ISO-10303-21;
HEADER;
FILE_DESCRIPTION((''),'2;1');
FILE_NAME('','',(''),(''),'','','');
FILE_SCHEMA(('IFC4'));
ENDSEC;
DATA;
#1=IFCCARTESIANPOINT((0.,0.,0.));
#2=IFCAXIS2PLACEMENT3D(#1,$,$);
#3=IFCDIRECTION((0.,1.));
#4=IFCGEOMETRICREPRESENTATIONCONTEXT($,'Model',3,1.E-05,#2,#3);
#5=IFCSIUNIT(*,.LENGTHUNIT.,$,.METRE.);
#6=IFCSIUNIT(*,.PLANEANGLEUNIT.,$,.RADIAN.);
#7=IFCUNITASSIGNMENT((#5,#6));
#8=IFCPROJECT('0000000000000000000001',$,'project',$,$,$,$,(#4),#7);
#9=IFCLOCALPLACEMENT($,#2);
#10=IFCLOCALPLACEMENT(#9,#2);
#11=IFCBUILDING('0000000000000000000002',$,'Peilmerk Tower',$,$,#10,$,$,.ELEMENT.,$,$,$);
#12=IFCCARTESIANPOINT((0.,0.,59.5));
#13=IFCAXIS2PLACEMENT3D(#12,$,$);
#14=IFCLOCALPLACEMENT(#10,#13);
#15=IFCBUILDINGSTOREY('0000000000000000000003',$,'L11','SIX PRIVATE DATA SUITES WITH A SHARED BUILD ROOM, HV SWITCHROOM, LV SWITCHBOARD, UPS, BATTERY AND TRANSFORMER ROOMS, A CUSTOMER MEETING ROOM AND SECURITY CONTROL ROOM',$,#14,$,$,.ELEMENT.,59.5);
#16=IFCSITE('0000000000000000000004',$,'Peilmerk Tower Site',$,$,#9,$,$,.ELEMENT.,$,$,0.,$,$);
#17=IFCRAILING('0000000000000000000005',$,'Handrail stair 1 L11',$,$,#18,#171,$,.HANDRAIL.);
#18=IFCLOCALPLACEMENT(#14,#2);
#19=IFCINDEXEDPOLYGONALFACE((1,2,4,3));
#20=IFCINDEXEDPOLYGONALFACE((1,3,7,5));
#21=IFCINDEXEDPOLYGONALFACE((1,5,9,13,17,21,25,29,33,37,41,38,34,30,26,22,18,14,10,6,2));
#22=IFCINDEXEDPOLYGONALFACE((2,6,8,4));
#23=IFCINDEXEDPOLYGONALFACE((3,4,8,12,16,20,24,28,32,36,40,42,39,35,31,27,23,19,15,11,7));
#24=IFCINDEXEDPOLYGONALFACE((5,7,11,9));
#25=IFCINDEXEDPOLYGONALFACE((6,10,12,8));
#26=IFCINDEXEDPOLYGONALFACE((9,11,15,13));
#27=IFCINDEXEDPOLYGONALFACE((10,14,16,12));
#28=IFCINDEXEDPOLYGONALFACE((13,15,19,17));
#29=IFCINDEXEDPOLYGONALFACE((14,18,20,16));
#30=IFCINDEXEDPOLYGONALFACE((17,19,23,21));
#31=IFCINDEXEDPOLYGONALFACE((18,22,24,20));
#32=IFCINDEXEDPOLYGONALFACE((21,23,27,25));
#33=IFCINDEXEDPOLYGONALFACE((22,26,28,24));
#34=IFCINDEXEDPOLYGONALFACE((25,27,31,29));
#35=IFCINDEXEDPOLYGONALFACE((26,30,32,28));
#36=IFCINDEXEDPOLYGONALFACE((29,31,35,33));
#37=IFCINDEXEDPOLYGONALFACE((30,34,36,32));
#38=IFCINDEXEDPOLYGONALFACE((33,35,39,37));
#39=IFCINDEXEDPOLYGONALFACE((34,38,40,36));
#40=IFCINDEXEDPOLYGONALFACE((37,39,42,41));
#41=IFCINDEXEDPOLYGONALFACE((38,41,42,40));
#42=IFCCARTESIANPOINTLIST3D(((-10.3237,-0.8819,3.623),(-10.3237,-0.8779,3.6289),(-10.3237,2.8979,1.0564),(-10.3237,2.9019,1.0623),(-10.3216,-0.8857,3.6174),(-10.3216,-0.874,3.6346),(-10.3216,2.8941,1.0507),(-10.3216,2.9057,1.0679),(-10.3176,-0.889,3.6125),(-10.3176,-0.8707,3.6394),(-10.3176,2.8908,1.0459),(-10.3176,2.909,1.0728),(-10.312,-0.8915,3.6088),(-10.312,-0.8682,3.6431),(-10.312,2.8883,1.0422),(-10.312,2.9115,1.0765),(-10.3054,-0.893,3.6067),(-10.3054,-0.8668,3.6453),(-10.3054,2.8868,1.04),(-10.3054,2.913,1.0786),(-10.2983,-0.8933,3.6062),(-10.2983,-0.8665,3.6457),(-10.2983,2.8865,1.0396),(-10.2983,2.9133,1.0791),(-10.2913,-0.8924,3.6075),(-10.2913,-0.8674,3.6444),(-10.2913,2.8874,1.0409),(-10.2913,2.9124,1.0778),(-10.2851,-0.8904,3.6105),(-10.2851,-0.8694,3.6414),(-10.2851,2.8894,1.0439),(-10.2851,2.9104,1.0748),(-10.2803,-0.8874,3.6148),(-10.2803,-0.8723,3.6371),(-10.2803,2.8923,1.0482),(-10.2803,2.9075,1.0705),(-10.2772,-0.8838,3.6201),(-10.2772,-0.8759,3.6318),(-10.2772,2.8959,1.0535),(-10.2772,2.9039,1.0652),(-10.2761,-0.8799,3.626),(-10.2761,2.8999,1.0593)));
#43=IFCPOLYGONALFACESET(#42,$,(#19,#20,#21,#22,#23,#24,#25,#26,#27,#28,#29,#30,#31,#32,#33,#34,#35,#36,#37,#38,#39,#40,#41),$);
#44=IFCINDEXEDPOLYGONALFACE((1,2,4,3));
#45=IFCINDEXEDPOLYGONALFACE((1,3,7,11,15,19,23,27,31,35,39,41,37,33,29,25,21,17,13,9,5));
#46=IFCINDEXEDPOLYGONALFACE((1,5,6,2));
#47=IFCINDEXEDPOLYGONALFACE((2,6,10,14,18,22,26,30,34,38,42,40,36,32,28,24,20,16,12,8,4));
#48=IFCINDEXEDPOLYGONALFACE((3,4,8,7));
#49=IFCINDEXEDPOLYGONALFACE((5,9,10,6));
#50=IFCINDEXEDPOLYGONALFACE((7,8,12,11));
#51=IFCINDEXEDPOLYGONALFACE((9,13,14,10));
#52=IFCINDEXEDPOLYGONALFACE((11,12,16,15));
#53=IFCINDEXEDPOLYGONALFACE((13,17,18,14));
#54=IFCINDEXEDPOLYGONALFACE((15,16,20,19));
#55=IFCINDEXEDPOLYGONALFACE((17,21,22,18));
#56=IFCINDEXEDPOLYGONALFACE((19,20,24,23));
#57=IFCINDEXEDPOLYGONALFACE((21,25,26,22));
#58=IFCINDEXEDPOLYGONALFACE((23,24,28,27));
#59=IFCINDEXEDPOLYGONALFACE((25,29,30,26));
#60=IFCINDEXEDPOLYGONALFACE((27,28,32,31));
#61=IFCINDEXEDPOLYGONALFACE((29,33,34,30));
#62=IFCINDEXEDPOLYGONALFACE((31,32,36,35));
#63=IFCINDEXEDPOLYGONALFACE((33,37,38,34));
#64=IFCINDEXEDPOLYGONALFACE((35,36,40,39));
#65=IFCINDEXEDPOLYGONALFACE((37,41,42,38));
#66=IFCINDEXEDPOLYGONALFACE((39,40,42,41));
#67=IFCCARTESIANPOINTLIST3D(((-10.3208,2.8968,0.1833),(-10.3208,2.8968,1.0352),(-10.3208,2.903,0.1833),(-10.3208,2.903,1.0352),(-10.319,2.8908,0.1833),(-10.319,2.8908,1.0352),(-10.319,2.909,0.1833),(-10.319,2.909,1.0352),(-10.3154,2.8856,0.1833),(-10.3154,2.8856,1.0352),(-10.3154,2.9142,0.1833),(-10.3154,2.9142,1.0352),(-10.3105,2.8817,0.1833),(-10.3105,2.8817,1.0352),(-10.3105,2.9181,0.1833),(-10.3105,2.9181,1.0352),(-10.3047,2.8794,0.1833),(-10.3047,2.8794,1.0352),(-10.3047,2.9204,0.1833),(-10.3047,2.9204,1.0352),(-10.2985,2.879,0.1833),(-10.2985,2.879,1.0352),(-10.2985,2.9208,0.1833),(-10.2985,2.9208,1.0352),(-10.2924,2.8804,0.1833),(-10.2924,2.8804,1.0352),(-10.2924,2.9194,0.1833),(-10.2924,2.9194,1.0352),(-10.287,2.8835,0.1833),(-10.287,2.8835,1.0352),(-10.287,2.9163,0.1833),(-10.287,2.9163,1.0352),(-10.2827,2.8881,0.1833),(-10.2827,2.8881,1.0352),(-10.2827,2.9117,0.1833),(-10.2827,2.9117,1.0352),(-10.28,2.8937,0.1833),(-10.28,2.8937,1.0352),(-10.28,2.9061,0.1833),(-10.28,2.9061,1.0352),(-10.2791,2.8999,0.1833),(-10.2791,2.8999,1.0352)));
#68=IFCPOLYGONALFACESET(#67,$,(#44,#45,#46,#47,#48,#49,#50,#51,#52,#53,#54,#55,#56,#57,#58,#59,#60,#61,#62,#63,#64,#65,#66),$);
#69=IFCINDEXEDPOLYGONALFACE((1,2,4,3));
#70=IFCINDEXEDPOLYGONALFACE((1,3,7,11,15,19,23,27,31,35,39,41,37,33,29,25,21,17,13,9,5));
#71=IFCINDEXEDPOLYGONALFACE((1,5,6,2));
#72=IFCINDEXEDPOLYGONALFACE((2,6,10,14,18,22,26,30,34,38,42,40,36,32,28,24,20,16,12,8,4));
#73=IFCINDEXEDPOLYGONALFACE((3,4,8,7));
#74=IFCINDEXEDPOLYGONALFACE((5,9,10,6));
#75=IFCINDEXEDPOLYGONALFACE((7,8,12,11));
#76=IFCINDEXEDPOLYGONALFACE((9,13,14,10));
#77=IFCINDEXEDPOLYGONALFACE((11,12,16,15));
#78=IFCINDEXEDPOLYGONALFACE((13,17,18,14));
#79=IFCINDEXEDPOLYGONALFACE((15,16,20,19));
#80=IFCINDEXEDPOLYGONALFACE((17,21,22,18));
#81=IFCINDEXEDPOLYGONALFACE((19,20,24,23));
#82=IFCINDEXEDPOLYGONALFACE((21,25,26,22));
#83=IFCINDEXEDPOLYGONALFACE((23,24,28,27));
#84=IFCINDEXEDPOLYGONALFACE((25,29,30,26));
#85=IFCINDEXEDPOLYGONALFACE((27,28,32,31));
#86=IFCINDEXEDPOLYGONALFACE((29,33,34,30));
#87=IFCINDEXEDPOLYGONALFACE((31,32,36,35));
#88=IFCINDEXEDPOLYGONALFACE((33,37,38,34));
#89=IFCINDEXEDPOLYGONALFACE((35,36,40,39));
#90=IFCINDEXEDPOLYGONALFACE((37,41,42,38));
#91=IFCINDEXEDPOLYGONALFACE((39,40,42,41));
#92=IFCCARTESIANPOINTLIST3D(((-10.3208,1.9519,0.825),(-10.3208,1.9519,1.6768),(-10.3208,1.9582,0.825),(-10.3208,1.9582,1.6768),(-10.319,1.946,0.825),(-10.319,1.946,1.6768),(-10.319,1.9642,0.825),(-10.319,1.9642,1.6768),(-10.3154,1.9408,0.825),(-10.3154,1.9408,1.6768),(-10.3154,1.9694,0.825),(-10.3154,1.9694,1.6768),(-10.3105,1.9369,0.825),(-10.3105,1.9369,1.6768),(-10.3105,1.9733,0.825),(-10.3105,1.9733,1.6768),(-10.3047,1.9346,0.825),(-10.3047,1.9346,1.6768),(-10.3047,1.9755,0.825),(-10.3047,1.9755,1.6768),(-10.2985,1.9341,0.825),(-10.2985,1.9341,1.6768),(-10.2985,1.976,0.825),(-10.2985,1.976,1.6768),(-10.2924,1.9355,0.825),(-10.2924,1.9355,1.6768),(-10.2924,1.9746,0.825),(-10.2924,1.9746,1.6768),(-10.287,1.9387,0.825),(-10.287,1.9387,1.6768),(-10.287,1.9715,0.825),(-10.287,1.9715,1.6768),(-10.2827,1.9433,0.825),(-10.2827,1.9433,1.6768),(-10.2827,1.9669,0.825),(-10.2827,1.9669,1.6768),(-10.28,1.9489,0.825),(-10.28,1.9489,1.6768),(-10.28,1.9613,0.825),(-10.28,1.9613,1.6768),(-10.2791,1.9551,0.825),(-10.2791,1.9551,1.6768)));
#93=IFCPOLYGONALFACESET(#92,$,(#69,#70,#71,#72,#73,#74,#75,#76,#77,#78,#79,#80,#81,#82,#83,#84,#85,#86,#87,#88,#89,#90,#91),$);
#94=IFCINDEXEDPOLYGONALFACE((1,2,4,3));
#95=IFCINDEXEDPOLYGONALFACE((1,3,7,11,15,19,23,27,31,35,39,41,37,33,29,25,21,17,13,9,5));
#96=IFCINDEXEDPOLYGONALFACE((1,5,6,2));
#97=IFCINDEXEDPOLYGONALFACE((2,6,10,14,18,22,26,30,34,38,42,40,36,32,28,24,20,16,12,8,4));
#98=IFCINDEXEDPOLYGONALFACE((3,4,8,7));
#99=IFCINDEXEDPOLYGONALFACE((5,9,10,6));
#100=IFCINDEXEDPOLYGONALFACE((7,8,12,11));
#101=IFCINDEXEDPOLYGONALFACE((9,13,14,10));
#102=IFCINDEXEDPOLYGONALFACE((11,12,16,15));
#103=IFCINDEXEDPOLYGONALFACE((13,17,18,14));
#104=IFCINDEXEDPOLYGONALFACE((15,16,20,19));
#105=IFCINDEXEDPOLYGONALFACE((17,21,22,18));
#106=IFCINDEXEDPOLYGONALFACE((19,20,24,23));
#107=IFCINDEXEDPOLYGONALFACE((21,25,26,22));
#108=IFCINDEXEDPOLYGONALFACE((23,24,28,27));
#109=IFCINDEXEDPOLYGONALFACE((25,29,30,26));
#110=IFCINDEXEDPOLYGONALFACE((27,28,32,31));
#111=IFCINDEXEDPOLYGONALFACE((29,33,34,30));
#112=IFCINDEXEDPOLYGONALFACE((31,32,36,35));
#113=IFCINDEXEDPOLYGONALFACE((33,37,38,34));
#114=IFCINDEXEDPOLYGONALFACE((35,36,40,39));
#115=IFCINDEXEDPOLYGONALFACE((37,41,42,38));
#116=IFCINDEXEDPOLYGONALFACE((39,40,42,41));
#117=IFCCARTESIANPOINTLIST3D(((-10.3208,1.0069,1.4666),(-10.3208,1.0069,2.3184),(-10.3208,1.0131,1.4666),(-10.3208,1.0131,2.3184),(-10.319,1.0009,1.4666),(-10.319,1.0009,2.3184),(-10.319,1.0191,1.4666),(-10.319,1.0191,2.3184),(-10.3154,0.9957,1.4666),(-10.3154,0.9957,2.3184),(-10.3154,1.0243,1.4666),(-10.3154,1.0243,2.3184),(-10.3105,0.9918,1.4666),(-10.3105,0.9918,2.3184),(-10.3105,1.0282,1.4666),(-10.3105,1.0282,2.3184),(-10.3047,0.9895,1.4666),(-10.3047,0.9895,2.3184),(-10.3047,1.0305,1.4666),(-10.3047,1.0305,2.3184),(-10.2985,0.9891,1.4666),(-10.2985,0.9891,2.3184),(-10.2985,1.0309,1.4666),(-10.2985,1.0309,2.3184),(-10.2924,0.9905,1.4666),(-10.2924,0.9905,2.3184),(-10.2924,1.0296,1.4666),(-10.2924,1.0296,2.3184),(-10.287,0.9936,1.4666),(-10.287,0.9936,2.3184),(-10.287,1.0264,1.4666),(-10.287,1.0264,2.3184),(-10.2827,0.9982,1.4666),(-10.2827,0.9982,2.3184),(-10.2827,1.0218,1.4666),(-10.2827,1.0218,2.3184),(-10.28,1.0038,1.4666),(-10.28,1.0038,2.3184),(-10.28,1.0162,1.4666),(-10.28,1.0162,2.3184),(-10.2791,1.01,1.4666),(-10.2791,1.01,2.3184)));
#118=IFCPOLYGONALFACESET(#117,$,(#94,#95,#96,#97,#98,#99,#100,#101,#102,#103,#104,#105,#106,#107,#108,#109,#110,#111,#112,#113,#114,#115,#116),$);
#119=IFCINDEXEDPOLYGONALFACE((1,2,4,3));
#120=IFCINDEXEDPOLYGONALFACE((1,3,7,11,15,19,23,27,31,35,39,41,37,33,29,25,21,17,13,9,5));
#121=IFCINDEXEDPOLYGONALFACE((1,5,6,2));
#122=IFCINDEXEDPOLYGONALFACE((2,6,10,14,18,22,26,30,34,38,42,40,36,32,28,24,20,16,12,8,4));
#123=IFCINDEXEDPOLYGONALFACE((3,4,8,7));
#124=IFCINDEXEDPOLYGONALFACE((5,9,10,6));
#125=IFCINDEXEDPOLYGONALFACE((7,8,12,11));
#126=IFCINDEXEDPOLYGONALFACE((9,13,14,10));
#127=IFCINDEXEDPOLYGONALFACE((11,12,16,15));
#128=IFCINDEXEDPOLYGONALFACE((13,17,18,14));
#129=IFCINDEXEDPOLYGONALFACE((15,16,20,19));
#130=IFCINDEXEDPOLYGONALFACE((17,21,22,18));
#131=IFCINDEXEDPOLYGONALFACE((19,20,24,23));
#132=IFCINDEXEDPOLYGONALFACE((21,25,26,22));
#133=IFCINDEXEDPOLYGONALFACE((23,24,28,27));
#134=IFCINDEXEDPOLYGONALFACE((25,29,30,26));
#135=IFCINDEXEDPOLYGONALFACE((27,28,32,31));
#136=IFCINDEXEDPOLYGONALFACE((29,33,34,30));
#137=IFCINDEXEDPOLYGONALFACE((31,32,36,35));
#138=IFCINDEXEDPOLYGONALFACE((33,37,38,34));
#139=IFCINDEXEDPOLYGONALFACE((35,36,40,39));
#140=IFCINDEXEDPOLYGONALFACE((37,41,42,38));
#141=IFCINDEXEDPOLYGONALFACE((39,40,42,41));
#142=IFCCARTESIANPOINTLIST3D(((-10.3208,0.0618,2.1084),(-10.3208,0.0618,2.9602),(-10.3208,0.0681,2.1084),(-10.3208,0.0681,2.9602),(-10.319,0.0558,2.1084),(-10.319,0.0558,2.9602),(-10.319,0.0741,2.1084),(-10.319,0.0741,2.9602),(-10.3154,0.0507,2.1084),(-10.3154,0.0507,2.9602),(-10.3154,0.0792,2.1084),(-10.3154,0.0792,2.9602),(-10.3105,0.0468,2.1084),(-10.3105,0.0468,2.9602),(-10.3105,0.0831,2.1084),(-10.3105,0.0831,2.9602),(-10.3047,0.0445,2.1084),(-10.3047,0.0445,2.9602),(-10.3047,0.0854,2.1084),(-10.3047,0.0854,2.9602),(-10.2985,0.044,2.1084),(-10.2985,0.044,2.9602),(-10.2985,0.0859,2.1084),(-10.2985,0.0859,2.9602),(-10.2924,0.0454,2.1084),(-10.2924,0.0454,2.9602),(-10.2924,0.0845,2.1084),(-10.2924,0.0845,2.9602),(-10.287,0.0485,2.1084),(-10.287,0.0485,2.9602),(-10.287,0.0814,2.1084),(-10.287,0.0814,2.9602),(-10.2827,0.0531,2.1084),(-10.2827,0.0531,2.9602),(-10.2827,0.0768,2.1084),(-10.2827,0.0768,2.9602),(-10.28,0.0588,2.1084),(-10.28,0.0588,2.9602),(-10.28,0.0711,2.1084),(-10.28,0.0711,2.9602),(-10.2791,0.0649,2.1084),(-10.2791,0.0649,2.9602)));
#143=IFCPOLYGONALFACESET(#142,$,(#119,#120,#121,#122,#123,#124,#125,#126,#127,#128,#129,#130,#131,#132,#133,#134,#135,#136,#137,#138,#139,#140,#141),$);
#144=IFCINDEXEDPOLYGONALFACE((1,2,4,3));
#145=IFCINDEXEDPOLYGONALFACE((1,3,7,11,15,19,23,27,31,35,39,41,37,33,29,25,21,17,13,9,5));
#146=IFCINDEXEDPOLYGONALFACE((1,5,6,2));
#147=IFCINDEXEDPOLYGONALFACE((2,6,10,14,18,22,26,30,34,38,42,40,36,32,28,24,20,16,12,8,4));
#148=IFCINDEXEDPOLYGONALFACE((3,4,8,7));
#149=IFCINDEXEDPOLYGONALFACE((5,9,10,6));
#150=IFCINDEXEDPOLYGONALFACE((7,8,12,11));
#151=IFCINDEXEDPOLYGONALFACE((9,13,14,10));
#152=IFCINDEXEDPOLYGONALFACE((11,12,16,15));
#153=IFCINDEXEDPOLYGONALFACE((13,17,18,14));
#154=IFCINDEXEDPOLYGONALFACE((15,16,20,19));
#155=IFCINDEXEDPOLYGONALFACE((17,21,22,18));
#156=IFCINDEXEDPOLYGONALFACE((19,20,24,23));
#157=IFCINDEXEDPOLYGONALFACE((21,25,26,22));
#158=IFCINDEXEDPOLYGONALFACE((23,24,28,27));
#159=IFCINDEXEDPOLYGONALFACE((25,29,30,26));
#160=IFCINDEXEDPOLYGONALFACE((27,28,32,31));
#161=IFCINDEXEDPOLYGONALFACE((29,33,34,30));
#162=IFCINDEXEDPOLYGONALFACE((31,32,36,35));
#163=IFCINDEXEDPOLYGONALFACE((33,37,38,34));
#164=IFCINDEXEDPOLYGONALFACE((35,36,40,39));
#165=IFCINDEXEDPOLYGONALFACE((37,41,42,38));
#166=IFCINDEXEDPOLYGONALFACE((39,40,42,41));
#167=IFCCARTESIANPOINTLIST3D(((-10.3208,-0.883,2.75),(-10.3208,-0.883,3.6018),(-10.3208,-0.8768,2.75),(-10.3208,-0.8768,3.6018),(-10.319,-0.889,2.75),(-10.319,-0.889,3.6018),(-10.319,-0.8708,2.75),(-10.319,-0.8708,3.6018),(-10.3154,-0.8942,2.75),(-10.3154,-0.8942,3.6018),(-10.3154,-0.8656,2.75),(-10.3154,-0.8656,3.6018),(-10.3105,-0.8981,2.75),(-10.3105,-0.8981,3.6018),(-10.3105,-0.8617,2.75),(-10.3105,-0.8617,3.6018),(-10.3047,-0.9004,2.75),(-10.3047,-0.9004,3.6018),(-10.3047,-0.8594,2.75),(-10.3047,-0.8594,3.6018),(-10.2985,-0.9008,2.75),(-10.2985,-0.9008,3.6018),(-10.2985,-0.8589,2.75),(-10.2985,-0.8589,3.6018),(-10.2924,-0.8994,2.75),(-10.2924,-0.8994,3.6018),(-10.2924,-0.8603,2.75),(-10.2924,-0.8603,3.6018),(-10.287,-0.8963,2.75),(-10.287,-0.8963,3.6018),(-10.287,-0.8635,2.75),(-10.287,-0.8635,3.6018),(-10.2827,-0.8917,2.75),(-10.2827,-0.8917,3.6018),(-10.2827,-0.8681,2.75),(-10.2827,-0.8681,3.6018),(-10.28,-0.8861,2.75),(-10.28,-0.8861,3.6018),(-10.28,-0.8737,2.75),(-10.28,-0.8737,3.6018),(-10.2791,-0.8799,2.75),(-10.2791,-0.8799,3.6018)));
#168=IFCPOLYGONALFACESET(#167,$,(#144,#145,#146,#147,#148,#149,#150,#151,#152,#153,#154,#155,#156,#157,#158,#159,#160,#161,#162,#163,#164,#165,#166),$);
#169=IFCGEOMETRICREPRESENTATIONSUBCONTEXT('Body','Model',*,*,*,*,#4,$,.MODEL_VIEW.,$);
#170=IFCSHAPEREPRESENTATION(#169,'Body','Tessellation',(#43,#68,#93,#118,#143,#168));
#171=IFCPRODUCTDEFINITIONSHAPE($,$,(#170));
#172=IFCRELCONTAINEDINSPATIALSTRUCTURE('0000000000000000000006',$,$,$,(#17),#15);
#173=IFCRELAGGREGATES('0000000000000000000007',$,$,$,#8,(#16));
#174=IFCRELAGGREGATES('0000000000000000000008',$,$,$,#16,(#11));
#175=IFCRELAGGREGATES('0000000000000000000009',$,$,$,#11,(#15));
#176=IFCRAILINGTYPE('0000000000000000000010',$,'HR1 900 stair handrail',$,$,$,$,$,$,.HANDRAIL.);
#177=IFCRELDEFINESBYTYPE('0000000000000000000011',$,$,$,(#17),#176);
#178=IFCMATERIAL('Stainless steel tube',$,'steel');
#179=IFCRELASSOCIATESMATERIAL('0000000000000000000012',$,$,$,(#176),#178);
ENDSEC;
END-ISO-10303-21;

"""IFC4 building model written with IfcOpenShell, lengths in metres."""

from ifc_helpers import new_model, si_unit, direction, frame, origin, origin_2d, place, context, subcontext, project, spatial, circle, extrude, material, type_object, element, save


model = new_model("IFC4")

# Units and contexts
model_context = context("Model", 3, precision=1e-05, world=origin(), true_north=direction((0.0, 1.0)))
body_context = subcontext(model_context, "Body", "Model", "MODEL_VIEW")
ifc_project = project(units=[si_unit("LENGTHUNIT", "METRE"), si_unit("PLANEANGLEUNIT", "RADIAN")], contexts=[model_context])

# Site, building, storey
site_placement = place(None, origin())
site = spatial("IfcSite", under=ifc_project, at=site_placement, Name="Peilmerk Tower Site", CompositionType="ELEMENT", RefElevation=0.0)
building_placement = place(site_placement, origin())
building = spatial("IfcBuilding", under=site, at=building_placement, Name="Peilmerk Tower", CompositionType="ELEMENT")
storey_placement = place(building_placement, frame((0.0, 0.0, 59.5)))
storey = spatial("IfcBuildingStorey", under=building, at=storey_placement, Name="L11", Description="SIX PRIVATE DATA SUITES WITH A SHARED BUILD ROOM, HV SWITCHROOM, LV SWITCHBOARD, UPS, BATTERY AND TRANSFORMER ROOMS, A CUSTOMER MEETING ROOM AND SECURITY CONTROL ROOM", CompositionType="ELEMENT", Elevation=59.5)

# Railing
ifc_material_1 = material(Name="Stainless steel tube", Category="steel")
railing_type_1 = type_object("IfcRailingType", Name="HR1 900 stair handrail", PredefinedType="HANDRAIL", material=ifc_material_1)
railing_1_placement = place(storey_placement, frame((-10.3, 2.8999, 0.1833)))
element("IfcRailing", 1, at=railing_1_placement, inside=storey, type_object=railing_type_1, Name="Handrail stair 1 L11", PredefinedType="HANDRAIL", context=body_context, shape_type="SweptSolid", body=[
    extrude(circle(Radius=0.0239, at=origin_2d()), frame((0.0, 0.0, 0.876), z_axis=(0.0, -0.827293, 0.561771), x_axis=(1.0, 0.0, 0.0)), (0.0, 0.0, 1.0), 4.5688),
    extrude(circle(Radius=0.021, at=origin_2d()), origin(), (0.0, 0.0, 1.0), 0.8518),
    extrude(circle(Radius=0.021, at=origin_2d()), frame((0.0, -0.9448, 0.6416)), (0.0, 0.0, 1.0), 0.8518),
    extrude(circle(Radius=0.021, at=origin_2d()), frame((0.0, -1.8899, 1.2832)), (0.0, 0.0, 1.0), 0.8518),
    extrude(circle(Radius=0.021, at=origin_2d()), frame((0.0, -2.835, 1.925)), (0.0, 0.0, 1.0), 0.8518),
    extrude(circle(Radius=0.021, at=origin_2d()), frame((0.0, -3.7798, 2.5667)), (0.0, 0.0, 1.0), 0.8518),
])

save(model, "model.ifc")
